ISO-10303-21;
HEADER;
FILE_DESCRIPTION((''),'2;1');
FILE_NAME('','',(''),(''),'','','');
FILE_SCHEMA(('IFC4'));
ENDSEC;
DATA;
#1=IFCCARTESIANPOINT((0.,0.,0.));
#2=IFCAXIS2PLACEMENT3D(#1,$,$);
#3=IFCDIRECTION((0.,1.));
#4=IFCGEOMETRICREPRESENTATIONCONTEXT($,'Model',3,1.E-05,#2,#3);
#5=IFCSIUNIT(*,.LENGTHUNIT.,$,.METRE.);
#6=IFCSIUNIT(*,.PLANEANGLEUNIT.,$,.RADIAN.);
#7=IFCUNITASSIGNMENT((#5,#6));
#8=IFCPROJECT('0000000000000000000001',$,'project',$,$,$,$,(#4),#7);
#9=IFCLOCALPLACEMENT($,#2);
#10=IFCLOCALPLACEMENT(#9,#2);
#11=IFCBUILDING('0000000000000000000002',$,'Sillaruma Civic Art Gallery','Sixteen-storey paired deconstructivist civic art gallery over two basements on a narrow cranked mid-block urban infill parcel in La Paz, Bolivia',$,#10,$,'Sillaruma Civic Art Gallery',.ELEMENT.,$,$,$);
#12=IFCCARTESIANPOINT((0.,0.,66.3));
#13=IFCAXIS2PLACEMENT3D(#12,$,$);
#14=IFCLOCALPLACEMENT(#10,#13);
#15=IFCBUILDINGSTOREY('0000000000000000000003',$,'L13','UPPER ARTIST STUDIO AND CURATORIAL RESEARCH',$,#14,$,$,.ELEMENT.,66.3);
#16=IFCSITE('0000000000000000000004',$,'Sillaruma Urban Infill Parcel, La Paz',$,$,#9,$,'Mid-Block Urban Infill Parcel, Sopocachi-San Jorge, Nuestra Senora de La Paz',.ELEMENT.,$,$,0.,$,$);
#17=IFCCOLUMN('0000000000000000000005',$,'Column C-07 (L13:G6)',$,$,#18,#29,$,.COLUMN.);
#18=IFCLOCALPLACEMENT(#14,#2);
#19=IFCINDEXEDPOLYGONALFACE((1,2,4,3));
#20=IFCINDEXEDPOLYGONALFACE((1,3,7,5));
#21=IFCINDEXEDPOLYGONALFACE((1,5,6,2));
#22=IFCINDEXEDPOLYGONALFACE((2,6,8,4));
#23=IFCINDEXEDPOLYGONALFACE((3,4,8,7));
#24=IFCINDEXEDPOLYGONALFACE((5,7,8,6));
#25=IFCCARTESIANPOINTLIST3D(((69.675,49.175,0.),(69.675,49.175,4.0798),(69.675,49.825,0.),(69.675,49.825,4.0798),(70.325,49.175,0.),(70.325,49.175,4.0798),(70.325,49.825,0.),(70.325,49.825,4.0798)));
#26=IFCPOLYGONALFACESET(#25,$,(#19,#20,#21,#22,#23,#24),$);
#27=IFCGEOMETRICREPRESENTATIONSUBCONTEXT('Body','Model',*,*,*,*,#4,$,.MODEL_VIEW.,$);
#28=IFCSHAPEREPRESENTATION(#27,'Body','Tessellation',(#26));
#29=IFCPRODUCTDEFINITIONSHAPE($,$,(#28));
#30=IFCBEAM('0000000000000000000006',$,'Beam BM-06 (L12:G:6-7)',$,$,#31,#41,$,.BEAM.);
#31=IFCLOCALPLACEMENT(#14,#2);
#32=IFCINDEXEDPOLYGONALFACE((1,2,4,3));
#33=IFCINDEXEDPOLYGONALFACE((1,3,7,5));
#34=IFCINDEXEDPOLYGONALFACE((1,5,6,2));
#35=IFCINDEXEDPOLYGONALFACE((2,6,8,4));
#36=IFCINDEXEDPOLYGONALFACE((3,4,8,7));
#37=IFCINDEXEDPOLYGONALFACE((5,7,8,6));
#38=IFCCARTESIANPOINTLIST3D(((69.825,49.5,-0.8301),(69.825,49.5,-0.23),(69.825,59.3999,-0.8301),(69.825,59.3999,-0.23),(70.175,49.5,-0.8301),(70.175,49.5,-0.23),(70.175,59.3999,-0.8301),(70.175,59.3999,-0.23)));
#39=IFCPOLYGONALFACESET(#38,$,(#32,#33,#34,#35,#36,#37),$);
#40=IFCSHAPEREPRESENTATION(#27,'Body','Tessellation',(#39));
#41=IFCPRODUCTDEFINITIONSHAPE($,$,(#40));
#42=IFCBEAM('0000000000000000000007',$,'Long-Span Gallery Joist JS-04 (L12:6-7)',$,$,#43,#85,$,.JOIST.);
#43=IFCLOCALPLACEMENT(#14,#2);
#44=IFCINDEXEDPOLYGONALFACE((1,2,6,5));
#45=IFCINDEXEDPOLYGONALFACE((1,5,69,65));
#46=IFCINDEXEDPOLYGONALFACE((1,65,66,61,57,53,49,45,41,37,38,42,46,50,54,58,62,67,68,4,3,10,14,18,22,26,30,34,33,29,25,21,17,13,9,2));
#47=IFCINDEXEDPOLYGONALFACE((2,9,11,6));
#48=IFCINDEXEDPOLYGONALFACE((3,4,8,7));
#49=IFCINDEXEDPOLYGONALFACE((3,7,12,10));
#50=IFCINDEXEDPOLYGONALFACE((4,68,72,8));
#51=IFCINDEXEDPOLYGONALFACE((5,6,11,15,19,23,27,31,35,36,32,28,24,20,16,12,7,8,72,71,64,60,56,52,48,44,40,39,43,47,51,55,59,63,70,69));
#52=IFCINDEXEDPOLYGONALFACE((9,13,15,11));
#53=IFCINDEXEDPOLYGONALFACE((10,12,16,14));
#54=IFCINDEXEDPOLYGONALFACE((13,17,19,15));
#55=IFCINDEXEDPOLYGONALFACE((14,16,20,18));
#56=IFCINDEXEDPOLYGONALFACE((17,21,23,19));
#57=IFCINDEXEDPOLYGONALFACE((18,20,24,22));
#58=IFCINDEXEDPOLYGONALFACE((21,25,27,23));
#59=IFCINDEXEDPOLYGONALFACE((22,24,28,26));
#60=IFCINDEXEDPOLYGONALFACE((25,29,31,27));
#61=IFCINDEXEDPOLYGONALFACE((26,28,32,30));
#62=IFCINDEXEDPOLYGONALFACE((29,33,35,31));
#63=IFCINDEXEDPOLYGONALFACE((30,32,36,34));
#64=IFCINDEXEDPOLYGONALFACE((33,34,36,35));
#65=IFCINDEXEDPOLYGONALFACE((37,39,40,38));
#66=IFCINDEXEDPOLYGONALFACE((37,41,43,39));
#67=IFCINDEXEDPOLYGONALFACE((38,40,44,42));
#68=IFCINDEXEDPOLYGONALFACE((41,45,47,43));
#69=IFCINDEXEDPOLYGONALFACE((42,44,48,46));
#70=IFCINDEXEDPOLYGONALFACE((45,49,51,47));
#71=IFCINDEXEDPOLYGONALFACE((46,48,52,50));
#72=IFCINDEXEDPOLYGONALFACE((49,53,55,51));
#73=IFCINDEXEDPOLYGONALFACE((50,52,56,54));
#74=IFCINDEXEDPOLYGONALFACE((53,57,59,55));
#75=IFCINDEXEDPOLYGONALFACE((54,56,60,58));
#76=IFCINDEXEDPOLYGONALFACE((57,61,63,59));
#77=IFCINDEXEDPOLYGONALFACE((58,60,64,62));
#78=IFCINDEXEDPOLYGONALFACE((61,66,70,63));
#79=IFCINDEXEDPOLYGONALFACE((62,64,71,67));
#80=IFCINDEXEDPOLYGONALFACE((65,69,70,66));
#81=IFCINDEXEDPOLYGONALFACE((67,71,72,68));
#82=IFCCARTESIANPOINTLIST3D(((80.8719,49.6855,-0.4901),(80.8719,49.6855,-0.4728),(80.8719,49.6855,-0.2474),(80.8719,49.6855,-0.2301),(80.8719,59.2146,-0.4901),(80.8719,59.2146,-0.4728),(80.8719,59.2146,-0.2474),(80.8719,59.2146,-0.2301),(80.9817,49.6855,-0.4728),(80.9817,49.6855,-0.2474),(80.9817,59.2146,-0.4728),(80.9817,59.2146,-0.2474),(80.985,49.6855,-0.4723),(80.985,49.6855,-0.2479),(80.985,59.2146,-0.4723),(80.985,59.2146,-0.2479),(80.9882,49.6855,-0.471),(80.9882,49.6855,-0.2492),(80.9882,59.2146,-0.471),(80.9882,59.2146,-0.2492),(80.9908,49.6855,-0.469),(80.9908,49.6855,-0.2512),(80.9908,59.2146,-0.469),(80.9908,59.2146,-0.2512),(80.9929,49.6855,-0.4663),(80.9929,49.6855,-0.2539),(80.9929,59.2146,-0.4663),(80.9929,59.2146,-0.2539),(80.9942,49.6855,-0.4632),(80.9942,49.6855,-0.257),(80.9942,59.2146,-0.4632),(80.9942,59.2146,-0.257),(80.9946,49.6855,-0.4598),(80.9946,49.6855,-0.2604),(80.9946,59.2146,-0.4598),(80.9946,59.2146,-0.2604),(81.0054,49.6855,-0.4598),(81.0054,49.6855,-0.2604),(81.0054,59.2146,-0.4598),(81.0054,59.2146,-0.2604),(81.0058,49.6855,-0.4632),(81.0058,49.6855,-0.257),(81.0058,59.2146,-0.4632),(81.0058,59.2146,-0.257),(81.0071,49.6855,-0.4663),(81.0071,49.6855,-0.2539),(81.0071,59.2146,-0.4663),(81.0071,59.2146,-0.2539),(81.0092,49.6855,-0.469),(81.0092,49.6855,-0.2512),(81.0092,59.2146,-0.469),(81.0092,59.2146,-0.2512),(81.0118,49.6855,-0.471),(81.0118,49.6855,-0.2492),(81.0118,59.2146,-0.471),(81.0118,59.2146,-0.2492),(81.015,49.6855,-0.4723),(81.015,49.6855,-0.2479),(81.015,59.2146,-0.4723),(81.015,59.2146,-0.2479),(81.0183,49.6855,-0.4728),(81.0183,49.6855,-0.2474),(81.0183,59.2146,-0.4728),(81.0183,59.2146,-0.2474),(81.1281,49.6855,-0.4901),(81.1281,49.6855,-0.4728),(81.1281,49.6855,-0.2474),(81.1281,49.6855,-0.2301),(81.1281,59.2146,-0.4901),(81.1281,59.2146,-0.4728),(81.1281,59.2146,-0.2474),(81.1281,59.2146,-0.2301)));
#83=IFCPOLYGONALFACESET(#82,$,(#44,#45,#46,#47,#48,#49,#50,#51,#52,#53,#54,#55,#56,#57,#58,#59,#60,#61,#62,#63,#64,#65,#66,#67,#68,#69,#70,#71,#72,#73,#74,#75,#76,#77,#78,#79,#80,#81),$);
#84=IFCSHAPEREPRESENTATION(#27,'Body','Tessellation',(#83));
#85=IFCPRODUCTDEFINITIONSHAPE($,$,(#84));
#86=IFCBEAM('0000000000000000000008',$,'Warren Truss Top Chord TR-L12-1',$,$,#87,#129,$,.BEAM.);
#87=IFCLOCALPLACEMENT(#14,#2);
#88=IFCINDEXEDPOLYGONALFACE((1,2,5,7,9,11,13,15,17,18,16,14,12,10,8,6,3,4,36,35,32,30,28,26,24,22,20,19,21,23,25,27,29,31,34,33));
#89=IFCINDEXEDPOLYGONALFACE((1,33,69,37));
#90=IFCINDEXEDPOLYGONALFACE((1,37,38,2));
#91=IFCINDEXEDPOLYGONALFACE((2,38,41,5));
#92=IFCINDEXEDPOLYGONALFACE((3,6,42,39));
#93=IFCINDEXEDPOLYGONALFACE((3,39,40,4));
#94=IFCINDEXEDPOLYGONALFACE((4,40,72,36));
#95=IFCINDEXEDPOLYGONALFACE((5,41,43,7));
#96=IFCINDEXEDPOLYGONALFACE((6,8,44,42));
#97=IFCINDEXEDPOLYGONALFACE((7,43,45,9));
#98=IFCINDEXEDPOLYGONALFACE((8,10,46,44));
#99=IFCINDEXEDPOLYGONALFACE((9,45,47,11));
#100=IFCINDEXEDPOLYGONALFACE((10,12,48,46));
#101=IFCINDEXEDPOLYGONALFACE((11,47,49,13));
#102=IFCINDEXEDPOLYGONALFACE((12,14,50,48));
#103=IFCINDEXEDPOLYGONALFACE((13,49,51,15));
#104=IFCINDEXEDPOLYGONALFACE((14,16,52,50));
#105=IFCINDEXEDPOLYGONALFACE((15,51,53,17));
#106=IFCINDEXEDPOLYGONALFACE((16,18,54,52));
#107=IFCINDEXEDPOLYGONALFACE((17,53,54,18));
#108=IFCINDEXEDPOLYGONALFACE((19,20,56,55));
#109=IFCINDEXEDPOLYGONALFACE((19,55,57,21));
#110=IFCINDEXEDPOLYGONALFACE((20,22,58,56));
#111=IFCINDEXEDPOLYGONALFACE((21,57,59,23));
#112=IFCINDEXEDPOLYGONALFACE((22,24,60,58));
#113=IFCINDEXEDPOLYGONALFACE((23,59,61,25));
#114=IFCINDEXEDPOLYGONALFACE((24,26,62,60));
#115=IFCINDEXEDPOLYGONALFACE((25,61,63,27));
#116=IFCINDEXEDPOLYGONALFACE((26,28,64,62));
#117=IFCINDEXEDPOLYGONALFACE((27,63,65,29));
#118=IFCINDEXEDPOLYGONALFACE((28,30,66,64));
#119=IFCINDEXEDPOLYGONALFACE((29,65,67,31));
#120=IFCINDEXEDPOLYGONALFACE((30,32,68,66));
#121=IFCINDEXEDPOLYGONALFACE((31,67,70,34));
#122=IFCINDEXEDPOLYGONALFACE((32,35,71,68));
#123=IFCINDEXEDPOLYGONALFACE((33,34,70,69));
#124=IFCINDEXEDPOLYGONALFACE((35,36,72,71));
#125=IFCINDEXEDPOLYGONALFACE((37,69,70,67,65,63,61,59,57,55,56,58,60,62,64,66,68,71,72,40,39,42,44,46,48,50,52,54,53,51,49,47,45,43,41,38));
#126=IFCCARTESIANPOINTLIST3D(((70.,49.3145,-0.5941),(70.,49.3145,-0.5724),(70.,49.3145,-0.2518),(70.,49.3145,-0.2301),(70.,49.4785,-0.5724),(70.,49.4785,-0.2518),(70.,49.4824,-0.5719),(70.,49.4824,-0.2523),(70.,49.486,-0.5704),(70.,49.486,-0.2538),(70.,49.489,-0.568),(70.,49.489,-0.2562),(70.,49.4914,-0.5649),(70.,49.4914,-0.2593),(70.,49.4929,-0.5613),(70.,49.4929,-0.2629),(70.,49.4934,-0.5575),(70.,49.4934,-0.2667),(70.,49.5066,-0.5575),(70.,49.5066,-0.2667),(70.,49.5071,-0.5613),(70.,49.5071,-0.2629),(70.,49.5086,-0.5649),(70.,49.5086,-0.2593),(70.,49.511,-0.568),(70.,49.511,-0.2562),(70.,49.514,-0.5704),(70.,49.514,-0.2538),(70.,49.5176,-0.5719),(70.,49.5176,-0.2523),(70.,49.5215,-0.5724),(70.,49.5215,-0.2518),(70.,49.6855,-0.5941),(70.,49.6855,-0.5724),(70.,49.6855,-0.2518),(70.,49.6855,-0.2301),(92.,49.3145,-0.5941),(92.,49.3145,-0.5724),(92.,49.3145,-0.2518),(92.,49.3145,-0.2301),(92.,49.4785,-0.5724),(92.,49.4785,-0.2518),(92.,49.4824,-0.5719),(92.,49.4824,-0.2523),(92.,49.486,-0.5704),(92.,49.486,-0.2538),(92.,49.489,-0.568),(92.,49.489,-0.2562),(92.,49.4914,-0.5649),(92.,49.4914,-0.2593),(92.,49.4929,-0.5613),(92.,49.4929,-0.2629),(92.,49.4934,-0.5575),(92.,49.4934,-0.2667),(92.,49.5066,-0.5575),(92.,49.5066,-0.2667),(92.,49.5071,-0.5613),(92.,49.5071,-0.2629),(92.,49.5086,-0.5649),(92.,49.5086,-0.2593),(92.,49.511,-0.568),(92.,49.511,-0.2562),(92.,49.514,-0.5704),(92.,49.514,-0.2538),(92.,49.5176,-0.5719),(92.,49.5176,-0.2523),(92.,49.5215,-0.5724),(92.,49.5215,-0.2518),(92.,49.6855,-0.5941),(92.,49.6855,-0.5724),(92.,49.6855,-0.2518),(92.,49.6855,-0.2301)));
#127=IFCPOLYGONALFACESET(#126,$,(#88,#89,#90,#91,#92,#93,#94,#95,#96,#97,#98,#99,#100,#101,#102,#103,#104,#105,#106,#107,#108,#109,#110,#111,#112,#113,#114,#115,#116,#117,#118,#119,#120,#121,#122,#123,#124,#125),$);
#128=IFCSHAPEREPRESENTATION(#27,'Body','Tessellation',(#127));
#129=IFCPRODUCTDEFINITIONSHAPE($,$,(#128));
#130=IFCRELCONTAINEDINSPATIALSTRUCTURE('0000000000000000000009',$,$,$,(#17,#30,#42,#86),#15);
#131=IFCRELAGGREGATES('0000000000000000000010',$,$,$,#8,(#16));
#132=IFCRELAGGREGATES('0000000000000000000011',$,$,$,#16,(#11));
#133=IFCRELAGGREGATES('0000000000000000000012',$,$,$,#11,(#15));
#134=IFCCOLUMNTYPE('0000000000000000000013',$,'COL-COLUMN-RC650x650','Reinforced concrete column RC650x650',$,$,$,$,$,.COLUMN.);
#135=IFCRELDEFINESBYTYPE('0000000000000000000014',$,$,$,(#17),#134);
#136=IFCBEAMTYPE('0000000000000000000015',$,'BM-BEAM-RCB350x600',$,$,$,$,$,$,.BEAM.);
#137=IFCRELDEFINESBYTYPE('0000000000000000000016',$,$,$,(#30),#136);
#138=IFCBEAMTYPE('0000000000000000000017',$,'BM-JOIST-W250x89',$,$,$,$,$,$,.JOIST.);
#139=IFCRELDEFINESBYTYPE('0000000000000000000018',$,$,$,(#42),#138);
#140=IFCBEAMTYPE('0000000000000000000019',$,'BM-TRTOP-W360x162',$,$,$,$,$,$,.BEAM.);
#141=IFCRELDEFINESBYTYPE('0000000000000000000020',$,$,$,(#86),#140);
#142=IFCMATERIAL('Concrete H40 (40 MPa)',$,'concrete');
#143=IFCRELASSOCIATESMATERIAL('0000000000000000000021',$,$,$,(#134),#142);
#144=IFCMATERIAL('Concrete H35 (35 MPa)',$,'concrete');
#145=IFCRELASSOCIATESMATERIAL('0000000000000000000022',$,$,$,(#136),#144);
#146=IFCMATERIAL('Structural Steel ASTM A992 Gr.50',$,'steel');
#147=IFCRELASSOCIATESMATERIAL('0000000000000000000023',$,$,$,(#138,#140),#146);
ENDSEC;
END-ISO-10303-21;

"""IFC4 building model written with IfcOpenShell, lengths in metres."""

from ifc_helpers import new_model, si_unit, direction, frame, origin, origin_2d, place, context, subcontext, project, spatial, rectangle, i_section, extrude, material, material_profile, profile_set, type_object, element, save


model = new_model("IFC4")

# Units and contexts
model_context = context("Model", 3, precision=1e-05, world=origin(), true_north=direction((0.0, 1.0)))
body_context = subcontext(model_context, "Body", "Model", "MODEL_VIEW")
ifc_project = project(units=[si_unit("LENGTHUNIT", "METRE"), si_unit("PLANEANGLEUNIT", "RADIAN")], contexts=[model_context])

# Site, building, storey
site_placement = place(None, origin())
site = spatial("IfcSite", under=ifc_project, at=site_placement, Name="Sillaruma Urban Infill Parcel, La Paz", LongName="Mid-Block Urban Infill Parcel, Sopocachi-San Jorge, Nuestra Senora de La Paz", CompositionType="ELEMENT", RefElevation=0.0)
building_placement = place(site_placement, origin())
building = spatial("IfcBuilding", under=site, at=building_placement, Name="Sillaruma Civic Art Gallery", Description="Sixteen-storey paired deconstructivist civic art gallery over two basements on a narrow cranked mid-block urban infill parcel in La Paz, Bolivia", LongName="Sillaruma Civic Art Gallery", CompositionType="ELEMENT")
storey_placement = place(building_placement, frame((0.0, 0.0, 66.3)))
storey = spatial("IfcBuildingStorey", under=building, at=storey_placement, Name="L13", Description="UPPER ARTIST STUDIO AND CURATORIAL RESEARCH", CompositionType="ELEMENT", Elevation=66.3)

# Column
ifc_material_1 = material(Name="Concrete H40 (40 MPa)", Category="concrete")
ifc_material_profile_1 = material_profile(ifc_material_1, rectangle(XDim=0.6499, YDim=0.6499, at=origin_2d()), Name="RC650x650")
ifc_profile_set_1 = profile_set([ifc_material_profile_1], Name="Concrete H40 (40 MPa)")
column_type = type_object("IfcColumnType", Name="COL-COLUMN-RC650x650", Description="Reinforced concrete column RC650x650", PredefinedType="COLUMN", material=ifc_profile_set_1)
column_placement = place(storey_placement, frame((70.0, 49.5, 0.0), z_axis=(0.0, 0.0, 1.0), x_axis=(1.0, 0.0, 0.0)))
element("IfcColumn", 1, at=column_placement, inside=storey, type_object=column_type, Name="Column C-07 (L13:G6)", PredefinedType="COLUMN", context=body_context, shape_type="SweptSolid", body=[
    extrude(rectangle(XDim=0.6499, YDim=0.6499, at=origin_2d()), origin(), (0.0, 0.0, 1.0), 4.0798),
])

# Beams
ifc_material_2 = material(Name="Concrete H35 (35 MPa)", Category="concrete")
ifc_material_profile_2 = material_profile(ifc_material_2, rectangle(XDim=0.3501, YDim=0.6001, at=origin_2d()), Name="RCB350x600")
ifc_profile_set_2 = profile_set([ifc_material_profile_2], Name="Concrete H35 (35 MPa)")
beam_type_1 = type_object("IfcBeamType", Name="BM-BEAM-RCB350x600", PredefinedType="BEAM", material=ifc_profile_set_2)
beam_1_placement = place(storey_placement, frame((70.0, 49.5, -0.53), z_axis=(0.0, 1.0, 0.0), x_axis=(-1.0, 0.0, 0.0)))
element("IfcBeam", 2, at=beam_1_placement, inside=storey, type_object=beam_type_1, Name="Beam BM-06 (L12:G:6-7)", PredefinedType="BEAM", context=body_context, shape_type="SweptSolid", body=[
    extrude(rectangle(XDim=0.3501, YDim=0.6001, at=origin_2d()), origin(), (0.0, 0.0, 1.0), 9.8999),
])
ifc_material_3 = material(Name="Structural Steel ASTM A992 Gr.50", Category="steel")
ifc_material_profile_3 = material_profile(ifc_material_3, i_section(OverallWidth=0.2561, OverallDepth=0.26, WebThickness=0.0107, FlangeThickness=0.0173, FilletRadius=0.0129, at=origin_2d()), Name="W250x89")
ifc_profile_set_3 = profile_set([ifc_material_profile_3], Name="Structural Steel ASTM A992 Gr.50")
beam_type_2 = type_object("IfcBeamType", Name="BM-JOIST-W250x89", PredefinedType="JOIST", material=ifc_profile_set_3)
beam_2_placement = place(storey_placement, frame((81.0, 49.6855, -0.3601), z_axis=(0.0, 1.0, 0.0), x_axis=(-1.0, 0.0, 0.0)))
element("IfcBeam", 3, at=beam_2_placement, inside=storey, type_object=beam_type_2, Name="Long-Span Gallery Joist JS-04 (L12:6-7)", PredefinedType="JOIST", context=body_context, shape_type="SweptSolid", body=[
    extrude(i_section(OverallWidth=0.2561, OverallDepth=0.26, WebThickness=0.0107, FlangeThickness=0.0173, FilletRadius=0.0129, at=origin_2d()), origin(), (0.0, 0.0, 1.0), 9.5291),
])
ifc_material_profile_4 = material_profile(ifc_material_3, i_section(OverallWidth=0.3711, OverallDepth=0.364, WebThickness=0.0132, FlangeThickness=0.0217, FilletRadius=0.0149, at=origin_2d()), Name="W360x162")
ifc_profile_set_4 = profile_set([ifc_material_profile_4], Name="Structural Steel ASTM A992 Gr.50")
beam_type_3 = type_object("IfcBeamType", Name="BM-TRTOP-W360x162", PredefinedType="BEAM", material=ifc_profile_set_4)
beam_3_placement = place(storey_placement, frame((70.0, 49.5, -0.4121), z_axis=(1.0, 0.0, 0.0), x_axis=(0.0, 1.0, 0.0)))
element("IfcBeam", 4, at=beam_3_placement, inside=storey, type_object=beam_type_3, Name="Warren Truss Top Chord TR-L12-1", PredefinedType="BEAM", context=body_context, shape_type="SweptSolid", body=[
    extrude(i_section(OverallWidth=0.3711, OverallDepth=0.364, WebThickness=0.0132, FlangeThickness=0.0217, FilletRadius=0.0149, at=origin_2d()), origin(), (0.0, 0.0, 1.0), 22.0),
])

save(model, "model.ifc")
